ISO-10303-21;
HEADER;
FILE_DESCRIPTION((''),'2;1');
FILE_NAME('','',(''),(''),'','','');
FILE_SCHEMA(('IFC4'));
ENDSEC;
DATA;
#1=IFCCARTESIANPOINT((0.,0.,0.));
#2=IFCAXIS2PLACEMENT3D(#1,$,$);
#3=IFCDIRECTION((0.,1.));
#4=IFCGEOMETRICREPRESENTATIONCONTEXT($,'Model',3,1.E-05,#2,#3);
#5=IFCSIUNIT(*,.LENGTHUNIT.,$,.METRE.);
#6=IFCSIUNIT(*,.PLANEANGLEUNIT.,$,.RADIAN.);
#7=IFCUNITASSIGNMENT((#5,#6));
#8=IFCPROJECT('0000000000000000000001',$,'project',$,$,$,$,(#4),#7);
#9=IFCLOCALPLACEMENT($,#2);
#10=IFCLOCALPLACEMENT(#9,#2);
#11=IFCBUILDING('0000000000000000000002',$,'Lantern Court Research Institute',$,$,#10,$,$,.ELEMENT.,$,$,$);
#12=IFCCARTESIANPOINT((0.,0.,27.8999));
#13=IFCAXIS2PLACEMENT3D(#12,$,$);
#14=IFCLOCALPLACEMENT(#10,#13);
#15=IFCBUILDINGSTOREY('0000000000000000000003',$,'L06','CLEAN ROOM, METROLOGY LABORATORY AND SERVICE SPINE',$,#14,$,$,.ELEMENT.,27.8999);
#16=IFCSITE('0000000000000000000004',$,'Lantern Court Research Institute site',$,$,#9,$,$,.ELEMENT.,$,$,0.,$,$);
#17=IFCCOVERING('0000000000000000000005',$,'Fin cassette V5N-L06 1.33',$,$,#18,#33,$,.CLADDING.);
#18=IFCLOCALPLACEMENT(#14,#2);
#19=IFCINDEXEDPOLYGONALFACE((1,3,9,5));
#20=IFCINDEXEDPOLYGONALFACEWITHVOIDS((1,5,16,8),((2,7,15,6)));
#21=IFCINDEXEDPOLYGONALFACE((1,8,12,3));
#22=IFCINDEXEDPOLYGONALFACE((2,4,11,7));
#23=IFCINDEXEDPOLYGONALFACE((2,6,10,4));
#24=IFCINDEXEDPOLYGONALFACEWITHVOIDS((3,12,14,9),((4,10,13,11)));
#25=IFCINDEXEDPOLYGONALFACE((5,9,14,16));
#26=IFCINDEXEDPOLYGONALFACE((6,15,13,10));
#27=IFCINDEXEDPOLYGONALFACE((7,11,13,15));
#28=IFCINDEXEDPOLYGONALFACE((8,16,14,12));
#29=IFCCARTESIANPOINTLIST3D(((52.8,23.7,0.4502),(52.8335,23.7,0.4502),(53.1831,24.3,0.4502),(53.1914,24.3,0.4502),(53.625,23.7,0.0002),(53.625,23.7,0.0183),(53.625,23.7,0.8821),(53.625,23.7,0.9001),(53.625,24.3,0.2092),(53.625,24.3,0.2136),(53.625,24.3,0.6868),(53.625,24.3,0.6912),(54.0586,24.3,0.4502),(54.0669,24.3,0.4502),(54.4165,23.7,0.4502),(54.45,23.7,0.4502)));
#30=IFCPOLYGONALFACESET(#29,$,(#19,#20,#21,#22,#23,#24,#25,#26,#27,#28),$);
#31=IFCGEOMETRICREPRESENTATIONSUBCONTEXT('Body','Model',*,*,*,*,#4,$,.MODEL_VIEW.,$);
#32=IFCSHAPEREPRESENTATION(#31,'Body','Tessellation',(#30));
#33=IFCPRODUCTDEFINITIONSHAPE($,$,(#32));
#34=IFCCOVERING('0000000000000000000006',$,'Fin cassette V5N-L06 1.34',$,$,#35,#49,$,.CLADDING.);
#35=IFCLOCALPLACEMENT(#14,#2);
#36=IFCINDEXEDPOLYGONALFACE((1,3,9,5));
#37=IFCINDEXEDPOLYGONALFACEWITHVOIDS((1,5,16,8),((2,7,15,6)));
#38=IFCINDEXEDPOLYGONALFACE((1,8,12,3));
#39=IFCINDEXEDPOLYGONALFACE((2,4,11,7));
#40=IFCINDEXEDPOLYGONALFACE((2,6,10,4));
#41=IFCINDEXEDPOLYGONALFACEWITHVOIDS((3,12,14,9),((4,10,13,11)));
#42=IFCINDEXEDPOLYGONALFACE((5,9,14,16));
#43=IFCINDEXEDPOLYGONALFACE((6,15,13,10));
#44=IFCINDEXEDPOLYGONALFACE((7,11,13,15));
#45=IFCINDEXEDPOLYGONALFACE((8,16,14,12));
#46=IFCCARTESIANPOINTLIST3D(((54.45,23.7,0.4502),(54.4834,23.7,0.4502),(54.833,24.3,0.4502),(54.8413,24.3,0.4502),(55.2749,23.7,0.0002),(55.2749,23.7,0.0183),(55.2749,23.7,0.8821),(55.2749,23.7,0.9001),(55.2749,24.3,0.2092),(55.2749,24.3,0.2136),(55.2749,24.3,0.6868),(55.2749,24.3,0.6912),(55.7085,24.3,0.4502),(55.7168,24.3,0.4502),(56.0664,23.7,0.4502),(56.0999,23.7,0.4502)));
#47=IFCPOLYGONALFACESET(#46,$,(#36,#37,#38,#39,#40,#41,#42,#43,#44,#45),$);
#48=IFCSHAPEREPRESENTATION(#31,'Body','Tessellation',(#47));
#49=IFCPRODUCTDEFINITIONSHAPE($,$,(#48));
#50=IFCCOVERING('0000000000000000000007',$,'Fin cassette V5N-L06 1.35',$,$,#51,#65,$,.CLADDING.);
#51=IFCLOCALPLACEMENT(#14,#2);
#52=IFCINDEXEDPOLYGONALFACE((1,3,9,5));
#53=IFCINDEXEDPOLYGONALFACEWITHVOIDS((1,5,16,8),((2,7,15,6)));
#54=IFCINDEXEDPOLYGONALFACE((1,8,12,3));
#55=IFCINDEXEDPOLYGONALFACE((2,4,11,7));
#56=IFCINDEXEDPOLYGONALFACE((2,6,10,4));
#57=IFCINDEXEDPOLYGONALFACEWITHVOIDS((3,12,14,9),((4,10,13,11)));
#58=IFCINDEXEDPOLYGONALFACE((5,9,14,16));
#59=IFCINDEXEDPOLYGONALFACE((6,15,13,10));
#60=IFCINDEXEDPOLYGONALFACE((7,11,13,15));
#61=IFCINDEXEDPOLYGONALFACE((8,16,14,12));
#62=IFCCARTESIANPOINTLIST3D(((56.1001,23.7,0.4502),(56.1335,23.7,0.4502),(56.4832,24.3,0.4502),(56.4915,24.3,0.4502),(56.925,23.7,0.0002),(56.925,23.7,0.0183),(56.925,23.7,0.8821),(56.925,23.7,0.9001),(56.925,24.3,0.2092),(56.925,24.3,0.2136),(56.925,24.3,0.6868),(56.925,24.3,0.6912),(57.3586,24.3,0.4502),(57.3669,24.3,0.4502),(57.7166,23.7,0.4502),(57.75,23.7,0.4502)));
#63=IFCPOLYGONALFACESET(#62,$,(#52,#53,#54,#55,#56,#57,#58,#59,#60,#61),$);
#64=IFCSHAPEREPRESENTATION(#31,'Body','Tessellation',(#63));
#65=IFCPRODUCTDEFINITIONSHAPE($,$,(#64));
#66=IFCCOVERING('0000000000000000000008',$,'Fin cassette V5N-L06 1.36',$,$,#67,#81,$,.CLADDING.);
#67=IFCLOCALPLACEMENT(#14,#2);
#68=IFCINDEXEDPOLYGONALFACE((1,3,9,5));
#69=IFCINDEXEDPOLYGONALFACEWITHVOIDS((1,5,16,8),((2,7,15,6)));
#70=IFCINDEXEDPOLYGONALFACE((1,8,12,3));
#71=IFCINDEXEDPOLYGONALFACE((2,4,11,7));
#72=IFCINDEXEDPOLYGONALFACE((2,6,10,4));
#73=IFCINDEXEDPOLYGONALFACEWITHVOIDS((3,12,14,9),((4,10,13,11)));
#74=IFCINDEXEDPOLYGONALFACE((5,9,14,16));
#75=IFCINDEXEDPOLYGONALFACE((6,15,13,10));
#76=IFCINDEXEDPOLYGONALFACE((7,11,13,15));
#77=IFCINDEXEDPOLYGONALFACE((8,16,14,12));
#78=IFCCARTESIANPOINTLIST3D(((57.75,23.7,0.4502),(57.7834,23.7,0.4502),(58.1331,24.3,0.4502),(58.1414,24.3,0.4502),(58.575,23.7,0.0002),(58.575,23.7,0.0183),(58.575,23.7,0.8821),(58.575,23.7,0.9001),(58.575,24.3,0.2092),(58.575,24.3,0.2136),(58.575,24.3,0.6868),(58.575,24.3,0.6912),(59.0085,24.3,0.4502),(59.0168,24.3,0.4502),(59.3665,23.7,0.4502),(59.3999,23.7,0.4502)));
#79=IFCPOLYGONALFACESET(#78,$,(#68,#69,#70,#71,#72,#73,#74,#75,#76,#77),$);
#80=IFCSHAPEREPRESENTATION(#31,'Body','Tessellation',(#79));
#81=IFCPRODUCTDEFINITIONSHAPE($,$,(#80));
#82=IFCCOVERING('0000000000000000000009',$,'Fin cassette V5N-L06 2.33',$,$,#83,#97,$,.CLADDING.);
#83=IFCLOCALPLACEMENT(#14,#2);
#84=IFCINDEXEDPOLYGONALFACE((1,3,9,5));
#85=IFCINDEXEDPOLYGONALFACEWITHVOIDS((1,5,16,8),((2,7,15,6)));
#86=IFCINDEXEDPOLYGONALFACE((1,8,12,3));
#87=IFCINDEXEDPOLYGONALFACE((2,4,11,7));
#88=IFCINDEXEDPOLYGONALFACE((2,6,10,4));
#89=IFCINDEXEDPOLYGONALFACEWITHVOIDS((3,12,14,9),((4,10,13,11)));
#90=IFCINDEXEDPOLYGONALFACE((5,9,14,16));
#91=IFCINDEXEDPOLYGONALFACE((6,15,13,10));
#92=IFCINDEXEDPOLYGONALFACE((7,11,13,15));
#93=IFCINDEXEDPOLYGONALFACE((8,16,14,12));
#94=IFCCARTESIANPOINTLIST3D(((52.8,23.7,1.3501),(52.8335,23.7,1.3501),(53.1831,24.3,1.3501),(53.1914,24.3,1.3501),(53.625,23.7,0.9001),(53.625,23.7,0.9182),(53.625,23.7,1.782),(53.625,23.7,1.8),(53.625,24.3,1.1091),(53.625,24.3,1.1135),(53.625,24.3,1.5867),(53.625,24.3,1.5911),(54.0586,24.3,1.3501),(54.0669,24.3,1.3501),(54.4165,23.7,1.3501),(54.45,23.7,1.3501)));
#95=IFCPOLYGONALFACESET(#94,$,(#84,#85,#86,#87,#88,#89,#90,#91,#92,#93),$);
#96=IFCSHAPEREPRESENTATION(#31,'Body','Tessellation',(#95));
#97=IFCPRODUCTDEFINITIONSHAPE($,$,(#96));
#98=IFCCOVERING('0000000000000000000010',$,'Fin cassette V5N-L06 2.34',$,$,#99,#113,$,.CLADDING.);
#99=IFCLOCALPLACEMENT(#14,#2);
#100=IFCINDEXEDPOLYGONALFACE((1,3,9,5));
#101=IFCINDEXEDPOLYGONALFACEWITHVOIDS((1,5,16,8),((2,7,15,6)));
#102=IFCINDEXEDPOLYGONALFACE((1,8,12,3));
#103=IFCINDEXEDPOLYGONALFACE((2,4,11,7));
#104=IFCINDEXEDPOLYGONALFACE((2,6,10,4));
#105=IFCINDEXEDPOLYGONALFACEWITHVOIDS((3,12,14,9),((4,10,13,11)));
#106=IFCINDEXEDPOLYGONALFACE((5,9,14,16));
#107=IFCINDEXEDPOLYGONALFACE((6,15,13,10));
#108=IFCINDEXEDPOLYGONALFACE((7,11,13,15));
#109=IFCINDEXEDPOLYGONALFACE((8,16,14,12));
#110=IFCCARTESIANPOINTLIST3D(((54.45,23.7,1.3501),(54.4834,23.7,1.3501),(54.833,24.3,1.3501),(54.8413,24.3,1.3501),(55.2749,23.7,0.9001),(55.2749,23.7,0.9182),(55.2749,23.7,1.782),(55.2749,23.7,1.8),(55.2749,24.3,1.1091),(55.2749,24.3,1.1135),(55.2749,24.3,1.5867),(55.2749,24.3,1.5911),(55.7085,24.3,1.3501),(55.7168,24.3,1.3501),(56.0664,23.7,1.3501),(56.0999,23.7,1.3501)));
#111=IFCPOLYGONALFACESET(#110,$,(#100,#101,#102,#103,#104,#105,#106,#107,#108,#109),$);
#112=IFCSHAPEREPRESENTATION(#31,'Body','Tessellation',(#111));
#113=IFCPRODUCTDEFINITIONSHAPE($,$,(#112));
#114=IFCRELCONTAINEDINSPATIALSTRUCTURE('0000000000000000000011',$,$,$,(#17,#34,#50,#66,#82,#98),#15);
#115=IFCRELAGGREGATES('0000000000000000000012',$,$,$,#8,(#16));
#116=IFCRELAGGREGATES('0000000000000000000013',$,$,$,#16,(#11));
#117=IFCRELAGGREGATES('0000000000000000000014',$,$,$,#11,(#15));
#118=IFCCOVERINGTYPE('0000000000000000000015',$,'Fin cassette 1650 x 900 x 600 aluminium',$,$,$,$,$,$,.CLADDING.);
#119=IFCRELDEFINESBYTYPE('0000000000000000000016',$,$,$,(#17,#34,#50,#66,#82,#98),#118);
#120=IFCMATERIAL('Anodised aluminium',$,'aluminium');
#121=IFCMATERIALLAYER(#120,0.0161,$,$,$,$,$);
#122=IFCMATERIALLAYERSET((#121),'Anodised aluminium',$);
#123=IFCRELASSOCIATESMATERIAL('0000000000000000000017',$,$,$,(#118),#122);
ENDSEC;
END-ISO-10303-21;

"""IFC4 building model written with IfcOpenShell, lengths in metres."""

from ifc_helpers import new_model, entity, si_unit, direction, frame, origin, place, context, subcontext, project, spatial, material, layer, layer_set, type_object, element, save


model = new_model("IFC4")

# Units and contexts
model_context = context("Model", 3, precision=1e-05, world=origin(), true_north=direction((0.0, 1.0)))
body_context = subcontext(model_context, "Body", "Model", "MODEL_VIEW")
ifc_project = project(units=[si_unit("LENGTHUNIT", "METRE"), si_unit("PLANEANGLEUNIT", "RADIAN")], contexts=[model_context])

# Site, building, storey
site_placement = place(None, origin())
site = spatial("IfcSite", under=ifc_project, at=site_placement, Name="Lantern Court Research Institute site", CompositionType="ELEMENT", RefElevation=0.0)
building_placement = place(site_placement, origin())
building = spatial("IfcBuilding", under=site, at=building_placement, Name="Lantern Court Research Institute", CompositionType="ELEMENT")
storey_placement = place(building_placement, frame((0.0, 0.0, 27.8999)))
storey = spatial("IfcBuildingStorey", under=building, at=storey_placement, Name="L06", Description="CLEAN ROOM, METROLOGY LABORATORY AND SERVICE SPINE", CompositionType="ELEMENT", Elevation=27.8999)

# Coverings
ifc_material_1 = material(Name="Anodised aluminium", Category="aluminium")
ifc_layer_1 = layer(ifc_material_1, 0.0161)
ifc_layer_set_1 = layer_set([ifc_layer_1], Name="Anodised aluminium")
covering_type = type_object("IfcCoveringType", Name="Fin cassette 1650 x 900 x 600 aluminium", PredefinedType="CLADDING", material=ifc_layer_set_1)
covering_1_placement = place(storey_placement, frame((53.625, 23.7, 0.4502), z_axis=(0.0, 1.0, 0.0), x_axis=(-1.0, 0.0, 0.0)))
cartesian_point_1 = entity("IfcCartesianPoint", [0.825, 0.0])
cartesian_point_2 = entity("IfcCartesianPoint", [0.7915, 0.0])
cartesian_point_3 = entity("IfcCartesianPoint", [0.4419, 0.0])
cartesian_point_4 = entity("IfcCartesianPoint", [0.4336, 0.0])
element("IfcCovering", 1, at=covering_1_placement, inside=storey, type_object=covering_type, Name="Fin cassette V5N-L06 1.33", PredefinedType="CLADDING", context=body_context, shape_type="SweptSolid", body=[
    entity("IfcExtrudedAreaSolidTapered", entity("IfcArbitraryProfileDefWithVoids", "AREA", None, entity("IfcPolyline", [cartesian_point_1, entity("IfcCartesianPoint", [0.0, 0.45]), entity("IfcCartesianPoint", [-0.825, 0.0]), entity("IfcCartesianPoint", [0.0, -0.45]), cartesian_point_1]), [entity("IfcPolyline", [cartesian_point_2, entity("IfcCartesianPoint", [0.0, 0.4319]), entity("IfcCartesianPoint", [-0.7915, 0.0]), entity("IfcCartesianPoint", [0.0, -0.4319]), cartesian_point_2])]), entity("IfcAxis2Placement3D", entity("IfcCartesianPoint", [0.0, 0.0, 0.0])), entity("IfcDirection", [0.0, 0.0, 1.0]), 0.6001, entity("IfcArbitraryProfileDefWithVoids", "AREA", None, entity("IfcPolyline", [cartesian_point_3, entity("IfcCartesianPoint", [0.0, 0.241]), entity("IfcCartesianPoint", [-0.4419, 0.0]), entity("IfcCartesianPoint", [0.0, -0.241]), cartesian_point_3]), [entity("IfcPolyline", [cartesian_point_4, entity("IfcCartesianPoint", [0.0, 0.2366]), entity("IfcCartesianPoint", [-0.4336, 0.0]), entity("IfcCartesianPoint", [0.0, -0.2366]), cartesian_point_4])])),
])
covering_2_placement = place(storey_placement, frame((55.2749, 23.7, 0.4502), z_axis=(0.0, 1.0, 0.0), x_axis=(-1.0, 0.0, 0.0)))
cartesian_point_5 = entity("IfcCartesianPoint", [0.825, 0.0])
cartesian_point_6 = entity("IfcCartesianPoint", [0.7915, 0.0])
cartesian_point_7 = entity("IfcCartesianPoint", [0.4419, 0.0])
cartesian_point_8 = entity("IfcCartesianPoint", [0.4336, 0.0])
element("IfcCovering", 2, at=covering_2_placement, inside=storey, type_object=covering_type, Name="Fin cassette V5N-L06 1.34", PredefinedType="CLADDING", context=body_context, shape_type="SweptSolid", body=[
    entity("IfcExtrudedAreaSolidTapered", entity("IfcArbitraryProfileDefWithVoids", "AREA", None, entity("IfcPolyline", [cartesian_point_5, entity("IfcCartesianPoint", [0.0, 0.45]), entity("IfcCartesianPoint", [-0.825, 0.0]), entity("IfcCartesianPoint", [0.0, -0.45]), cartesian_point_5]), [entity("IfcPolyline", [cartesian_point_6, entity("IfcCartesianPoint", [0.0, 0.4319]), entity("IfcCartesianPoint", [-0.7915, 0.0]), entity("IfcCartesianPoint", [0.0, -0.4319]), cartesian_point_6])]), entity("IfcAxis2Placement3D", entity("IfcCartesianPoint", [0.0, 0.0, 0.0])), entity("IfcDirection", [0.0, 0.0, 1.0]), 0.6001, entity("IfcArbitraryProfileDefWithVoids", "AREA", None, entity("IfcPolyline", [cartesian_point_7, entity("IfcCartesianPoint", [0.0, 0.241]), entity("IfcCartesianPoint", [-0.4419, 0.0]), entity("IfcCartesianPoint", [0.0, -0.241]), cartesian_point_7]), [entity("IfcPolyline", [cartesian_point_8, entity("IfcCartesianPoint", [0.0, 0.2366]), entity("IfcCartesianPoint", [-0.4336, 0.0]), entity("IfcCartesianPoint", [0.0, -0.2366]), cartesian_point_8])])),
])
covering_3_placement = place(storey_placement, frame((56.925, 23.7, 0.4502), z_axis=(0.0, 1.0, 0.0), x_axis=(-1.0, 0.0, 0.0)))
cartesian_point_9 = entity("IfcCartesianPoint", [0.825, 0.0])
cartesian_point_10 = entity("IfcCartesianPoint", [0.7915, 0.0])
cartesian_point_11 = entity("IfcCartesianPoint", [0.4419, 0.0])
cartesian_point_12 = entity("IfcCartesianPoint", [0.4336, 0.0])
element("IfcCovering", 3, at=covering_3_placement, inside=storey, type_object=covering_type, Name="Fin cassette V5N-L06 1.35", PredefinedType="CLADDING", context=body_context, shape_type="SweptSolid", body=[
    entity("IfcExtrudedAreaSolidTapered", entity("IfcArbitraryProfileDefWithVoids", "AREA", None, entity("IfcPolyline", [cartesian_point_9, entity("IfcCartesianPoint", [0.0, 0.45]), entity("IfcCartesianPoint", [-0.825, 0.0]), entity("IfcCartesianPoint", [0.0, -0.45]), cartesian_point_9]), [entity("IfcPolyline", [cartesian_point_10, entity("IfcCartesianPoint", [0.0, 0.4319]), entity("IfcCartesianPoint", [-0.7915, 0.0]), entity("IfcCartesianPoint", [0.0, -0.4319]), cartesian_point_10])]), entity("IfcAxis2Placement3D", entity("IfcCartesianPoint", [0.0, 0.0, 0.0])), entity("IfcDirection", [0.0, 0.0, 1.0]), 0.6001, entity("IfcArbitraryProfileDefWithVoids", "AREA", None, entity("IfcPolyline", [cartesian_point_11, entity("IfcCartesianPoint", [0.0, 0.241]), entity("IfcCartesianPoint", [-0.4419, 0.0]), entity("IfcCartesianPoint", [0.0, -0.241]), cartesian_point_11]), [entity("IfcPolyline", [cartesian_point_12, entity("IfcCartesianPoint", [0.0, 0.2366]), entity("IfcCartesianPoint", [-0.4336, 0.0]), entity("IfcCartesianPoint", [0.0, -0.2366]), cartesian_point_12])])),
])
covering_4_placement = place(storey_placement, frame((58.575, 23.7, 0.4502), z_axis=(0.0, 1.0, 0.0), x_axis=(-1.0, 0.0, 0.0)))
cartesian_point_13 = entity("IfcCartesianPoint", [0.825, 0.0])
cartesian_point_14 = entity("IfcCartesianPoint", [0.7915, 0.0])
cartesian_point_15 = entity("IfcCartesianPoint", [0.4419, 0.0])
cartesian_point_16 = entity("IfcCartesianPoint", [0.4336, 0.0])
element("IfcCovering", 4, at=covering_4_placement, inside=storey, type_object=covering_type, Name="Fin cassette V5N-L06 1.36", PredefinedType="CLADDING", context=body_context, shape_type="SweptSolid", body=[
    entity("IfcExtrudedAreaSolidTapered", entity("IfcArbitraryProfileDefWithVoids", "AREA", None, entity("IfcPolyline", [cartesian_point_13, entity("IfcCartesianPoint", [0.0, 0.45]), entity("IfcCartesianPoint", [-0.825, 0.0]), entity("IfcCartesianPoint", [0.0, -0.45]), cartesian_point_13]), [entity("IfcPolyline", [cartesian_point_14, entity("IfcCartesianPoint", [0.0, 0.4319]), entity("IfcCartesianPoint", [-0.7915, 0.0]), entity("IfcCartesianPoint", [0.0, -0.4319]), cartesian_point_14])]), entity("IfcAxis2Placement3D", entity("IfcCartesianPoint", [0.0, 0.0, 0.0])), entity("IfcDirection", [0.0, 0.0, 1.0]), 0.6001, entity("IfcArbitraryProfileDefWithVoids", "AREA", None, entity("IfcPolyline", [cartesian_point_15, entity("IfcCartesianPoint", [0.0, 0.241]), entity("IfcCartesianPoint", [-0.4419, 0.0]), entity("IfcCartesianPoint", [0.0, -0.241]), cartesian_point_15]), [entity("IfcPolyline", [cartesian_point_16, entity("IfcCartesianPoint", [0.0, 0.2366]), entity("IfcCartesianPoint", [-0.4336, 0.0]), entity("IfcCartesianPoint", [0.0, -0.2366]), cartesian_point_16])])),
])
covering_5_placement = place(storey_placement, frame((53.625, 23.7, 1.3501), z_axis=(0.0, 1.0, 0.0), x_axis=(-1.0, 0.0, 0.0)))
cartesian_point_17 = entity("IfcCartesianPoint", [0.825, 0.0])
cartesian_point_18 = entity("IfcCartesianPoint", [0.7915, 0.0])
cartesian_point_19 = entity("IfcCartesianPoint", [0.4419, 0.0])
cartesian_point_20 = entity("IfcCartesianPoint", [0.4336, 0.0])
element("IfcCovering", 5, at=covering_5_placement, inside=storey, type_object=covering_type, Name="Fin cassette V5N-L06 2.33", PredefinedType="CLADDING", context=body_context, shape_type="SweptSolid", body=[
    entity("IfcExtrudedAreaSolidTapered", entity("IfcArbitraryProfileDefWithVoids", "AREA", None, entity("IfcPolyline", [cartesian_point_17, entity("IfcCartesianPoint", [0.0, 0.45]), entity("IfcCartesianPoint", [-0.825, 0.0]), entity("IfcCartesianPoint", [0.0, -0.45]), cartesian_point_17]), [entity("IfcPolyline", [cartesian_point_18, entity("IfcCartesianPoint", [0.0, 0.4319]), entity("IfcCartesianPoint", [-0.7915, 0.0]), entity("IfcCartesianPoint", [0.0, -0.4319]), cartesian_point_18])]), entity("IfcAxis2Placement3D", entity("IfcCartesianPoint", [0.0, 0.0, 0.0])), entity("IfcDirection", [0.0, 0.0, 1.0]), 0.6001, entity("IfcArbitraryProfileDefWithVoids", "AREA", None, entity("IfcPolyline", [cartesian_point_19, entity("IfcCartesianPoint", [0.0, 0.241]), entity("IfcCartesianPoint", [-0.4419, 0.0]), entity("IfcCartesianPoint", [0.0, -0.241]), cartesian_point_19]), [entity("IfcPolyline", [cartesian_point_20, entity("IfcCartesianPoint", [0.0, 0.2366]), entity("IfcCartesianPoint", [-0.4336, 0.0]), entity("IfcCartesianPoint", [0.0, -0.2366]), cartesian_point_20])])),
])
covering_6_placement = place(storey_placement, frame((55.2749, 23.7, 1.3501), z_axis=(0.0, 1.0, 0.0), x_axis=(-1.0, 0.0, 0.0)))
cartesian_point_21 = entity("IfcCartesianPoint", [0.825, 0.0])
cartesian_point_22 = entity("IfcCartesianPoint", [0.7915, 0.0])
cartesian_point_23 = entity("IfcCartesianPoint", [0.4419, 0.0])
cartesian_point_24 = entity("IfcCartesianPoint", [0.4336, 0.0])
element("IfcCovering", 6, at=covering_6_placement, inside=storey, type_object=covering_type, Name="Fin cassette V5N-L06 2.34", PredefinedType="CLADDING", context=body_context, shape_type="SweptSolid", body=[
    entity("IfcExtrudedAreaSolidTapered", entity("IfcArbitraryProfileDefWithVoids", "AREA", None, entity("IfcPolyline", [cartesian_point_21, entity("IfcCartesianPoint", [0.0, 0.45]), entity("IfcCartesianPoint", [-0.825, 0.0]), entity("IfcCartesianPoint", [0.0, -0.45]), cartesian_point_21]), [entity("IfcPolyline", [cartesian_point_22, entity("IfcCartesianPoint", [0.0, 0.4319]), entity("IfcCartesianPoint", [-0.7915, 0.0]), entity("IfcCartesianPoint", [0.0, -0.4319]), cartesian_point_22])]), entity("IfcAxis2Placement3D", entity("IfcCartesianPoint", [0.0, 0.0, 0.0])), entity("IfcDirection", [0.0, 0.0, 1.0]), 0.6001, entity("IfcArbitraryProfileDefWithVoids", "AREA", None, entity("IfcPolyline", [cartesian_point_23, entity("IfcCartesianPoint", [0.0, 0.241]), entity("IfcCartesianPoint", [-0.4419, 0.0]), entity("IfcCartesianPoint", [0.0, -0.241]), cartesian_point_23]), [entity("IfcPolyline", [cartesian_point_24, entity("IfcCartesianPoint", [0.0, 0.2366]), entity("IfcCartesianPoint", [-0.4336, 0.0]), entity("IfcCartesianPoint", [0.0, -0.2366]), cartesian_point_24])])),
])

save(model, "model.ifc")
